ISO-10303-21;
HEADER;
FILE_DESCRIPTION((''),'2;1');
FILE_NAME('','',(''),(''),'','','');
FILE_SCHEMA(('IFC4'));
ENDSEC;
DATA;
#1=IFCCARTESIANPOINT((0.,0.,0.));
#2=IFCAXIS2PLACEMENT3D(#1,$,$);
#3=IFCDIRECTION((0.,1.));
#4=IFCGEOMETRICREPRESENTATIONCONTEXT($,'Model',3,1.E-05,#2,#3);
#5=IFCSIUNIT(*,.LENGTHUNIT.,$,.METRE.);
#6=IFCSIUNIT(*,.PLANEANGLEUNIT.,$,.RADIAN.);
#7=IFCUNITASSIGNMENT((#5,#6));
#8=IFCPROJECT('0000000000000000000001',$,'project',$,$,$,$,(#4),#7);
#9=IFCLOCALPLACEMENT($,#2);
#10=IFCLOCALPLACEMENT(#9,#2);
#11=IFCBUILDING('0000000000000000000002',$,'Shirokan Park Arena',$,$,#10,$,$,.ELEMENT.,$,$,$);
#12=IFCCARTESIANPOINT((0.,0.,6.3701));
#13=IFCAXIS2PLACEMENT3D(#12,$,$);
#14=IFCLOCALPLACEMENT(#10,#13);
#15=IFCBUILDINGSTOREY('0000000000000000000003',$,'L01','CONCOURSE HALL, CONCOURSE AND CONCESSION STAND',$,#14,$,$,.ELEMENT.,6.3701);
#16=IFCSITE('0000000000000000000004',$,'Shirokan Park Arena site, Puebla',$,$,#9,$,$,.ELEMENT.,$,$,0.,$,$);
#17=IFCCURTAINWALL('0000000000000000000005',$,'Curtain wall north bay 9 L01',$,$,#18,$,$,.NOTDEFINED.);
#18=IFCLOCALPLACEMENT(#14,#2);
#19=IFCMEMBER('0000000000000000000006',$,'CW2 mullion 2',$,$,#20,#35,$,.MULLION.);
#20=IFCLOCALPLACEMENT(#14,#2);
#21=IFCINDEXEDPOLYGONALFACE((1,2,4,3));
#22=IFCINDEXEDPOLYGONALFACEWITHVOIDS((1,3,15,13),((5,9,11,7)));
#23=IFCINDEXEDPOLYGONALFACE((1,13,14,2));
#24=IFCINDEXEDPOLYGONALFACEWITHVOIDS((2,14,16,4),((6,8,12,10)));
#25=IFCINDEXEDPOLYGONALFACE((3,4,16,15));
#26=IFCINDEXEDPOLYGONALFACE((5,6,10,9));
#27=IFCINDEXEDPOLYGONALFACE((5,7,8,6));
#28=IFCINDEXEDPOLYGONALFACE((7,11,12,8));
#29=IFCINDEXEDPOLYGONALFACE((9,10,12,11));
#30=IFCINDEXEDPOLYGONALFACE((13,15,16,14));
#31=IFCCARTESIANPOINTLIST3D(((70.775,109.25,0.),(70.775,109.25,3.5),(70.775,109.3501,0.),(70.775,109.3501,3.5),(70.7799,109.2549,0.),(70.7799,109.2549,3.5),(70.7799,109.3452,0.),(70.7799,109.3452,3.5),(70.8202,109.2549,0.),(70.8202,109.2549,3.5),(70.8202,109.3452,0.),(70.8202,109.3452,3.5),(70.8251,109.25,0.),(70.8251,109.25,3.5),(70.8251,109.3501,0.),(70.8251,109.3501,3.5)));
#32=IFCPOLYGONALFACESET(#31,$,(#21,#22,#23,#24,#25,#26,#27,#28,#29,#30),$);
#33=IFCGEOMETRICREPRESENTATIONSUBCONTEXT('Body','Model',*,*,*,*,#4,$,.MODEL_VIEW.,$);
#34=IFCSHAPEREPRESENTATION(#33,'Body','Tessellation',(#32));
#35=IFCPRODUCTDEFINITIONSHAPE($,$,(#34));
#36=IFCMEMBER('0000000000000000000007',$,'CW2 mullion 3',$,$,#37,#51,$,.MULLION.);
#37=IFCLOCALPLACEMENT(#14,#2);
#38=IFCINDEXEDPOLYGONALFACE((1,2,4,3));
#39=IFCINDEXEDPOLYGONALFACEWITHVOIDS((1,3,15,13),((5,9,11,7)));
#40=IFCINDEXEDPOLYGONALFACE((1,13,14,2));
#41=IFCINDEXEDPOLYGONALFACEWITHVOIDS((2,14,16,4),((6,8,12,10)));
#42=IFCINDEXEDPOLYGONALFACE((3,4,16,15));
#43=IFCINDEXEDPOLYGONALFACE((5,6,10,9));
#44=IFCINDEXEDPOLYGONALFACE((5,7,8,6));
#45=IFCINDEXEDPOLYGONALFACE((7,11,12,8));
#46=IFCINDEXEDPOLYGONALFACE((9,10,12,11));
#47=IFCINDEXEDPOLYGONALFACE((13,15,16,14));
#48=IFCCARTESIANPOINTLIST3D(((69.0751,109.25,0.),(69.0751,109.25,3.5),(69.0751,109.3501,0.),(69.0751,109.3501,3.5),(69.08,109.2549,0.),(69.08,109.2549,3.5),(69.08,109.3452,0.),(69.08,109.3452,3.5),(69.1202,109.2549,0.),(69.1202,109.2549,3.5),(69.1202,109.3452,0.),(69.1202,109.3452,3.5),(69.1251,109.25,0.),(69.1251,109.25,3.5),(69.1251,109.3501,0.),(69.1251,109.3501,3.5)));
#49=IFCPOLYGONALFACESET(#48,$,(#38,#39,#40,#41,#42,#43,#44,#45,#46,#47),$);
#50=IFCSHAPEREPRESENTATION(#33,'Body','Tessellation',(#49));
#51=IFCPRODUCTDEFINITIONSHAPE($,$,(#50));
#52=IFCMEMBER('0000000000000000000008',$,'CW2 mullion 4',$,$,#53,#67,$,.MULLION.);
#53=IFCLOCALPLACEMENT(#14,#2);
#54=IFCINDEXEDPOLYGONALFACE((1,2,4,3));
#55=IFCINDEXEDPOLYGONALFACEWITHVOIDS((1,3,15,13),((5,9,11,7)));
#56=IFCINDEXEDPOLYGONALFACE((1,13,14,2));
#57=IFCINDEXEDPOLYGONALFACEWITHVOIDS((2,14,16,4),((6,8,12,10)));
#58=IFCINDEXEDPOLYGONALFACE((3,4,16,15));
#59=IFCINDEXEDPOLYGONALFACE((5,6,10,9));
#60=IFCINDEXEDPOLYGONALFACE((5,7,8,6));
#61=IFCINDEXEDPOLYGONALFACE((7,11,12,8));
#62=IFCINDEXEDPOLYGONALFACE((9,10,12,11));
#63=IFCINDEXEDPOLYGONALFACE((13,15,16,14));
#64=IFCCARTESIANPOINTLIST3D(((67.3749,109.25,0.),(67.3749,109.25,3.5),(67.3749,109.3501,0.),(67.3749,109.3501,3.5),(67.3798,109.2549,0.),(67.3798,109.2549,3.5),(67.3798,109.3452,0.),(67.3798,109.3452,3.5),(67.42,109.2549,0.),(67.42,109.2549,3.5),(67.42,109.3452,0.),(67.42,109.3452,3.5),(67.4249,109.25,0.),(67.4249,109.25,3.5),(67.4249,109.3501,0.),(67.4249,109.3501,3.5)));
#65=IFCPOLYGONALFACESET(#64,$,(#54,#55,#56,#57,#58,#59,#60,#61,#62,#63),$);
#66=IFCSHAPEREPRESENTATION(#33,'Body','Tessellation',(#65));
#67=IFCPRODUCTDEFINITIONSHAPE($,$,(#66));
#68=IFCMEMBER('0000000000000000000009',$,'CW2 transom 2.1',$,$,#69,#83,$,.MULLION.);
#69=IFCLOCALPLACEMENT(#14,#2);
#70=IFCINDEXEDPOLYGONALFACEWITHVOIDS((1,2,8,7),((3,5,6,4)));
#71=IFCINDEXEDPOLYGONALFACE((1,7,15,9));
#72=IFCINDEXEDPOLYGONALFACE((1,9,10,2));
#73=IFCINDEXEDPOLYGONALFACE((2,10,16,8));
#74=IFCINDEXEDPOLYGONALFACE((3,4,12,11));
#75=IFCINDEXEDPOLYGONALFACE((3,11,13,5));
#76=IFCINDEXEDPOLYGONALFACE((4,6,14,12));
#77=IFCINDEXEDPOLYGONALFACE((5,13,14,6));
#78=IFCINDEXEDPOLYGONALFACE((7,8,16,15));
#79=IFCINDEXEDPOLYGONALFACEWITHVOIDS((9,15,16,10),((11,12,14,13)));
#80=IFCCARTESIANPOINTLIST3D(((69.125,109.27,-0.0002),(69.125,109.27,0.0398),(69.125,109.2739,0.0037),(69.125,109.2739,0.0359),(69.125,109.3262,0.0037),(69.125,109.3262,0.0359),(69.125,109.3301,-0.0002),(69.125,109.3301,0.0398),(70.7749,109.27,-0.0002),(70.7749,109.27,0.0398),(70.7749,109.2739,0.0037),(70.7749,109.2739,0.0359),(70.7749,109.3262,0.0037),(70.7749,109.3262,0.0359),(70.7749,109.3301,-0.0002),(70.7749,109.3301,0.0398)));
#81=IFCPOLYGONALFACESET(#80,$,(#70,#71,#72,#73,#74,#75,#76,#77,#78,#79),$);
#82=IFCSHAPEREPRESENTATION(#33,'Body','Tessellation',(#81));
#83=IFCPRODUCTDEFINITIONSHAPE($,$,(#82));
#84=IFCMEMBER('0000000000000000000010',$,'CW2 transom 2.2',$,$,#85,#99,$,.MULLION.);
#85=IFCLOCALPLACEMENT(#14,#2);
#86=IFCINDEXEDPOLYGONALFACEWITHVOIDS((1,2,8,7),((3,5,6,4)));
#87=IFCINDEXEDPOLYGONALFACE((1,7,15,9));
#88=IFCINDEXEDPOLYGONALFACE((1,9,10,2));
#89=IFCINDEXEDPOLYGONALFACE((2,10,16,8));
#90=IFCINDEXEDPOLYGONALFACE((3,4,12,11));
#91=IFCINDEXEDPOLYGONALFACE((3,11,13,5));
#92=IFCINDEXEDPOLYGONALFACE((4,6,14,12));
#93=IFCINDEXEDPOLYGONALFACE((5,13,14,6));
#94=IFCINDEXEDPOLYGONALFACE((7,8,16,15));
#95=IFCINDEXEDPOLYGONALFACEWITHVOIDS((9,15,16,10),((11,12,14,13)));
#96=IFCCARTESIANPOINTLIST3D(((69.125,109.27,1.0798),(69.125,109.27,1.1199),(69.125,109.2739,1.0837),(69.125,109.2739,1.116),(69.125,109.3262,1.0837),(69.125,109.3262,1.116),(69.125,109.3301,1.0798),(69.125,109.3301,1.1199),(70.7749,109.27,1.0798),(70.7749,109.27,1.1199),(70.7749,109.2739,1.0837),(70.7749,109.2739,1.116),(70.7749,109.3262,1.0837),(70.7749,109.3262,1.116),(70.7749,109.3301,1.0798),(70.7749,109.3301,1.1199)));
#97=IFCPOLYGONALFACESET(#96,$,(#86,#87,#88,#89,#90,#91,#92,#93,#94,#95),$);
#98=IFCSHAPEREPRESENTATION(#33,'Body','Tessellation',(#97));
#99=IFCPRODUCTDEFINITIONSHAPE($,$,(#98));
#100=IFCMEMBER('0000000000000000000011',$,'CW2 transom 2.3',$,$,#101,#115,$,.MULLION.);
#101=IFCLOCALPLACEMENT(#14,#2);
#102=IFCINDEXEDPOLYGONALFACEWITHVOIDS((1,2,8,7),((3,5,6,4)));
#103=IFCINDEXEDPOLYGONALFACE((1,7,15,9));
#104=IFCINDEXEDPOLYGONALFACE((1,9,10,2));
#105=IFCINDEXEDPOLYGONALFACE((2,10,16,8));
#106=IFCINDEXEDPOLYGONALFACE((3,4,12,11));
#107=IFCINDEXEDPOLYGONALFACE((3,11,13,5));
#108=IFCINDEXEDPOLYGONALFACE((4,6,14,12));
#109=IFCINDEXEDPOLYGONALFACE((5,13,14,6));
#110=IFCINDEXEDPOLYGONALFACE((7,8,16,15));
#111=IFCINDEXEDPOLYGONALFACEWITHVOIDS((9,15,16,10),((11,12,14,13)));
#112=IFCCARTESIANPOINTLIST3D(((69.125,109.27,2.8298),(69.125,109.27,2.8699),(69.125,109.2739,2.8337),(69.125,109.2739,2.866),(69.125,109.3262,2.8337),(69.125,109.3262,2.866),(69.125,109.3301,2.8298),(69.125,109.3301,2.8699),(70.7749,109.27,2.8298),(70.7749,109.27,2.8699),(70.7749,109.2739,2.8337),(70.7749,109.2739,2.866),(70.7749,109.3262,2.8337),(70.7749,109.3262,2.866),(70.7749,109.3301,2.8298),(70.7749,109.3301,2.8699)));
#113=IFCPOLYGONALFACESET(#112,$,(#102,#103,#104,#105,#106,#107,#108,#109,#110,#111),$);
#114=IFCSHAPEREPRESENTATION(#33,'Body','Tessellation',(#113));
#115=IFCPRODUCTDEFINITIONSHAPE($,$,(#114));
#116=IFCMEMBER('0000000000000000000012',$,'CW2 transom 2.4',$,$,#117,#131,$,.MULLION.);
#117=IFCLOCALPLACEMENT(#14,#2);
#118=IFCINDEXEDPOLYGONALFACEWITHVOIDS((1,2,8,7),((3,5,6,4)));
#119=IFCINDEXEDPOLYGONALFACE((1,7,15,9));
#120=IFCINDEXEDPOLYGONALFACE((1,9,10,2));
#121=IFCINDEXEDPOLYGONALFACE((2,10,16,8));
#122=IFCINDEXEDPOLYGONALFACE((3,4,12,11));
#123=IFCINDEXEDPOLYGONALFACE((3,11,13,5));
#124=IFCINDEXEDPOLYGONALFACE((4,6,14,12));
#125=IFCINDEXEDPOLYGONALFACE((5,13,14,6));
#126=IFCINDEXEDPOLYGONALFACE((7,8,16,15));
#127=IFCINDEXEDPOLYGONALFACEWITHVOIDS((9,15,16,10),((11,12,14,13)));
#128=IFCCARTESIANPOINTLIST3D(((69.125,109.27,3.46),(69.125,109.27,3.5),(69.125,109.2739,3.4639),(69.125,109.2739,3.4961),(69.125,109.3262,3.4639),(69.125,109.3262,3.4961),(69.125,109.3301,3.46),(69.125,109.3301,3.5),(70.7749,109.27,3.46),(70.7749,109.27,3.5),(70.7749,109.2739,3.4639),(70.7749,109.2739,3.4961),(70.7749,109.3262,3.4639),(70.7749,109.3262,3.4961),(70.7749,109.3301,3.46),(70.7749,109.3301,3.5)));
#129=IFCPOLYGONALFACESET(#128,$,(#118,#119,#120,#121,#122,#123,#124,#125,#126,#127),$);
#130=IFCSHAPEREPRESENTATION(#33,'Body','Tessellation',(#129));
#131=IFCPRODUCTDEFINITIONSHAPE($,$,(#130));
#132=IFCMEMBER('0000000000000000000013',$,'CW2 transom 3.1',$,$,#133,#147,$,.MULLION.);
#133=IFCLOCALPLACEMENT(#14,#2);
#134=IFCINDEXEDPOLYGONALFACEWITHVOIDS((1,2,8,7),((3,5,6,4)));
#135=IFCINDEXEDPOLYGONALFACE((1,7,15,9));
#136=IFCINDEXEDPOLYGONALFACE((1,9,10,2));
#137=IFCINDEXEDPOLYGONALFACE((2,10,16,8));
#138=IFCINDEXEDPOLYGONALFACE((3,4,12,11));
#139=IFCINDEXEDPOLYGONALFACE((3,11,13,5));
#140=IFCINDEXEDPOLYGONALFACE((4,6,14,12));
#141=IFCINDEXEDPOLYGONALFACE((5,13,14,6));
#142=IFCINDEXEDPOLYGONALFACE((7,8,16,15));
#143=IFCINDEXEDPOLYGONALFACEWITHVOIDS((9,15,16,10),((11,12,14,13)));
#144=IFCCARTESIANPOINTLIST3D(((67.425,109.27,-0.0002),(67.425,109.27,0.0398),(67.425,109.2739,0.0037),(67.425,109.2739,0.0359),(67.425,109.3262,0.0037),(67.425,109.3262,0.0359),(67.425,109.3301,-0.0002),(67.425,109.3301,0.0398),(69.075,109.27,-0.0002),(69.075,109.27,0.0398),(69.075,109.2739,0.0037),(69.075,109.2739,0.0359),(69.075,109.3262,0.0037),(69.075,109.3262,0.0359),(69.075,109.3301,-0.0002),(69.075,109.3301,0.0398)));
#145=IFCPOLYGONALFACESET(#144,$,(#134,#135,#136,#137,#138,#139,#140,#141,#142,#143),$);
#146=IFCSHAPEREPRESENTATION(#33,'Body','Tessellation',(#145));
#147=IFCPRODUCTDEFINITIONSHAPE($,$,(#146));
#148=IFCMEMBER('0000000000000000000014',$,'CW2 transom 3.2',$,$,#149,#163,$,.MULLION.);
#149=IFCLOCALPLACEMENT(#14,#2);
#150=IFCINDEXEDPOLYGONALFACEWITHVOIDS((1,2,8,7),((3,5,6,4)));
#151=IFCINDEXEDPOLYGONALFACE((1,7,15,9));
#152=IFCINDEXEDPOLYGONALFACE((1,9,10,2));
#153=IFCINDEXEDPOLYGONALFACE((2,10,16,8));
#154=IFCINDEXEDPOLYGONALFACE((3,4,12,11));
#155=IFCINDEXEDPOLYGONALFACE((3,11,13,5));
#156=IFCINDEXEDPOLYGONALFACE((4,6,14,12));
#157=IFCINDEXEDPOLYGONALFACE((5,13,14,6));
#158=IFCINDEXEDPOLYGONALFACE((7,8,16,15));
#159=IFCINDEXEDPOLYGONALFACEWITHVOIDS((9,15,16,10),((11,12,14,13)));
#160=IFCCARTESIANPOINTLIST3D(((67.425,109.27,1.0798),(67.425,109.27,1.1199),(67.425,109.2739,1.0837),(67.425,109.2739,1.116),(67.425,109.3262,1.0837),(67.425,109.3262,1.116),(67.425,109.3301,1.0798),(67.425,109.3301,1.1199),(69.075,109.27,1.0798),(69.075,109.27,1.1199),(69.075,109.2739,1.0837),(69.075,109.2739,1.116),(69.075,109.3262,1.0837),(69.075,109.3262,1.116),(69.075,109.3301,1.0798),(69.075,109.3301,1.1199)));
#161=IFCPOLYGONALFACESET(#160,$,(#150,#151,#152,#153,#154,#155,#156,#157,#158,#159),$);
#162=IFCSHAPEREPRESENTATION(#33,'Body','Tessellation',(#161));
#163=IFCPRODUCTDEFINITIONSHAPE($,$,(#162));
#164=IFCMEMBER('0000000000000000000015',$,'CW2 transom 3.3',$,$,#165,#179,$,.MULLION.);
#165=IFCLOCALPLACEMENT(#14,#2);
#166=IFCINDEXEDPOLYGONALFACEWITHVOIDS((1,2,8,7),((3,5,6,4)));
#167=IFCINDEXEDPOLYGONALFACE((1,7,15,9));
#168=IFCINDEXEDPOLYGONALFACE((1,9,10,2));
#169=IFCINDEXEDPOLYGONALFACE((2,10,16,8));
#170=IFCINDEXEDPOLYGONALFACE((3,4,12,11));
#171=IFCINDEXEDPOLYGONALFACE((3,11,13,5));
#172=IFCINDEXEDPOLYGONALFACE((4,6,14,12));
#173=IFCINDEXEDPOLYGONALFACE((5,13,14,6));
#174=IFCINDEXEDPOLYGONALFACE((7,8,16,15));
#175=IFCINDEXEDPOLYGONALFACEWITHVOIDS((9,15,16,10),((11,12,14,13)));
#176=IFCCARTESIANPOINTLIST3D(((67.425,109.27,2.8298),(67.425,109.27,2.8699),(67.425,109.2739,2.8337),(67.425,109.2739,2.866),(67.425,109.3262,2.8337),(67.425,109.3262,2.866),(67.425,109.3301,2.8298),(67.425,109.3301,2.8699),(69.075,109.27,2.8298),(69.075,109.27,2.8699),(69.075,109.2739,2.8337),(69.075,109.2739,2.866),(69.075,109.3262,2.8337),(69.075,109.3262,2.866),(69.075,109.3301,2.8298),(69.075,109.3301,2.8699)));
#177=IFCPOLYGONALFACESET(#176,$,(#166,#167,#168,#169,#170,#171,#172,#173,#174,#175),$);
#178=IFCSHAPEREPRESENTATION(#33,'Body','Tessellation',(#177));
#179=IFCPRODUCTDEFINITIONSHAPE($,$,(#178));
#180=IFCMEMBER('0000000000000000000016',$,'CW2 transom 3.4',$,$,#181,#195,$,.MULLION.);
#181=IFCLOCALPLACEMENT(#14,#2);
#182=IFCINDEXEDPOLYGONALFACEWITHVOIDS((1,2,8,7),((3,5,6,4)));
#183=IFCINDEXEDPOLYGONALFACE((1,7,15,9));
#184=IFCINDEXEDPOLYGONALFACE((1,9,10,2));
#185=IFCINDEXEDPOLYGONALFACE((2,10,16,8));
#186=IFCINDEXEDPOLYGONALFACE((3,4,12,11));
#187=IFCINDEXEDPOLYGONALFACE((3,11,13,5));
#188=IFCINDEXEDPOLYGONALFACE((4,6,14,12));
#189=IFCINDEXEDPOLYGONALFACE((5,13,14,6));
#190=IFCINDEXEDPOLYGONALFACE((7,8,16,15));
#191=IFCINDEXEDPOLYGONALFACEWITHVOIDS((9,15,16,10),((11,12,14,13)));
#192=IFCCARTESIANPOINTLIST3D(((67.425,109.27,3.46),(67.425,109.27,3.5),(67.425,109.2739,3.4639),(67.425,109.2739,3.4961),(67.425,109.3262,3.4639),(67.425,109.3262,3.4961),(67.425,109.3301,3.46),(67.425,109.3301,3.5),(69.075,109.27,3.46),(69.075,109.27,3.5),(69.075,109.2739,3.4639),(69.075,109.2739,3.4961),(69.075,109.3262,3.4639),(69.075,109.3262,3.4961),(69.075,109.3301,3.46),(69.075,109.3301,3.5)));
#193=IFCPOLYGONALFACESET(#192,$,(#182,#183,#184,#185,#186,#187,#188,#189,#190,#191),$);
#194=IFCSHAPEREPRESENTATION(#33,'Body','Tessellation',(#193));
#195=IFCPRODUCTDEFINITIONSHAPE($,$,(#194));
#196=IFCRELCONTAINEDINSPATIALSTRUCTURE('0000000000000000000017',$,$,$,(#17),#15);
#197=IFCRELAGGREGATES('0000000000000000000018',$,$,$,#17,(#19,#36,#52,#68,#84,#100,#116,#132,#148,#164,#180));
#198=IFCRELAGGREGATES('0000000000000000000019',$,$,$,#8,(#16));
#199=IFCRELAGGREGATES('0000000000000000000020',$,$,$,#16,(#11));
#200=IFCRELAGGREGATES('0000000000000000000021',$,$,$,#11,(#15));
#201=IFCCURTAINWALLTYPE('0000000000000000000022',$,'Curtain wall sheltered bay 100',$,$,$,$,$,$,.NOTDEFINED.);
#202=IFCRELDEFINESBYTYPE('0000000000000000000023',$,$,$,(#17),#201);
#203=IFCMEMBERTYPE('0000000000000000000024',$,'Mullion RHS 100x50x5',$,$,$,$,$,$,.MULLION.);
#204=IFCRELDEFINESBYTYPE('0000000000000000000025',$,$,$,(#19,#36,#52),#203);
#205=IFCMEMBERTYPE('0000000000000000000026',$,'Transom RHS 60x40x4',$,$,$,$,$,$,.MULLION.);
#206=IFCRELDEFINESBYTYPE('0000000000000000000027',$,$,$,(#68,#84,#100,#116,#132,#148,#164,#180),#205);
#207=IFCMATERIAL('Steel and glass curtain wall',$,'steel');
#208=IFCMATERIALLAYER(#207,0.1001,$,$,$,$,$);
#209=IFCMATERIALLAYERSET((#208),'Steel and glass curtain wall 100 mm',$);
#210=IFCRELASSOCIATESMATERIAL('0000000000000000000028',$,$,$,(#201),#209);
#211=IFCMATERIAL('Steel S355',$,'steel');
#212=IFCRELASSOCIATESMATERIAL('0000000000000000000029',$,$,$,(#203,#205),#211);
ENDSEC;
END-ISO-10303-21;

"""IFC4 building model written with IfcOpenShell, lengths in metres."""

from ifc_helpers import new_model, si_unit, direction, frame, origin, origin_2d, place, context, subcontext, project, spatial, hollow_rectangle, extrude, material, layer, layer_set, material_profile, profile_set, type_object, element, aggregate, save


model = new_model("IFC4")

# Units and contexts
model_context = context("Model", 3, precision=1e-05, world=origin(), true_north=direction((0.0, 1.0)))
body_context = subcontext(model_context, "Body", "Model", "MODEL_VIEW")
ifc_project = project(units=[si_unit("LENGTHUNIT", "METRE"), si_unit("PLANEANGLEUNIT", "RADIAN")], contexts=[model_context])

# Site, building, storey
site_placement = place(None, origin())
site = spatial("IfcSite", under=ifc_project, at=site_placement, Name="Shirokan Park Arena site, Puebla", CompositionType="ELEMENT", RefElevation=0.0)
building_placement = place(site_placement, origin())
building = spatial("IfcBuilding", under=site, at=building_placement, Name="Shirokan Park Arena", CompositionType="ELEMENT")
storey_placement = place(building_placement, frame((0.0, 0.0, 6.3701)))
storey = spatial("IfcBuildingStorey", under=building, at=storey_placement, Name="L01", Description="CONCOURSE HALL, CONCOURSE AND CONCESSION STAND", CompositionType="ELEMENT", Elevation=6.3701)

# Curtain wall, members
ifc_material_1 = material(Name="Steel and glass curtain wall", Category="steel")
ifc_layer_1 = layer(ifc_material_1, 0.1001)
ifc_layer_set_1 = layer_set([ifc_layer_1], Name="Steel and glass curtain wall 100 mm")
curtain_wall_type = type_object("IfcCurtainWallType", Name="Curtain wall sheltered bay 100", PredefinedType="NOTDEFINED", material=ifc_layer_set_1)
curtain_wall_placement = place(storey_placement, origin())
curtain_wall = element("IfcCurtainWall", 1, at=curtain_wall_placement, inside=storey, type_object=curtain_wall_type, Name="Curtain wall north bay 9 L01", PredefinedType="NOTDEFINED")
ifc_material_2 = material(Name="Steel S355", Category="steel")
ifc_material_profile_1 = material_profile(ifc_material_2, hollow_rectangle(XDim=0.1001, YDim=0.05, WallThickness=0.0049, at=origin_2d()), Name="RHS 100x50x5")
ifc_profile_set_1 = profile_set([ifc_material_profile_1], Name="Steel S355")
member_type_1 = type_object("IfcMemberType", Name="Mullion RHS 100x50x5", PredefinedType="MULLION", material=ifc_profile_set_1)
member_1_placement = place(storey_placement, frame((70.8, 109.3, 0.0), z_axis=(0.0, 0.0, 1.0), x_axis=(0.0, -1.0, 0.0)))
member_1 = element("IfcMember", 2, at=member_1_placement, type_object=member_type_1, Name="CW2 mullion 2", PredefinedType="MULLION", context=body_context, shape_type="SweptSolid", body=[
    extrude(hollow_rectangle(XDim=0.1001, YDim=0.05, WallThickness=0.0049, at=origin_2d()), origin(), (0.0, 0.0, 1.0), 3.5),
])
member_2_placement = place(storey_placement, frame((69.1001, 109.3, 0.0), z_axis=(0.0, 0.0, 1.0), x_axis=(0.0, -1.0, 0.0)))
member_2 = element("IfcMember", 3, at=member_2_placement, type_object=member_type_1, Name="CW2 mullion 3", PredefinedType="MULLION", context=body_context, shape_type="SweptSolid", body=[
    extrude(hollow_rectangle(XDim=0.1001, YDim=0.05, WallThickness=0.0049, at=origin_2d()), origin(), (0.0, 0.0, 1.0), 3.5),
])
member_3_placement = place(storey_placement, frame((67.3999, 109.3, 0.0), z_axis=(0.0, 0.0, 1.0), x_axis=(0.0, -1.0, 0.0)))
member_3 = element("IfcMember", 4, at=member_3_placement, type_object=member_type_1, Name="CW2 mullion 4", PredefinedType="MULLION", context=body_context, shape_type="SweptSolid", body=[
    extrude(hollow_rectangle(XDim=0.1001, YDim=0.05, WallThickness=0.0049, at=origin_2d()), origin(), (0.0, 0.0, 1.0), 3.5),
])
ifc_material_profile_2 = material_profile(ifc_material_2, hollow_rectangle(XDim=0.0601, YDim=0.04, WallThickness=0.0039, at=origin_2d()), Name="RHS 60x40x4")
ifc_profile_set_2 = profile_set([ifc_material_profile_2], Name="Steel S355")
member_type_2 = type_object("IfcMemberType", Name="Transom RHS 60x40x4", PredefinedType="MULLION", material=ifc_profile_set_2)
member_4_placement = place(storey_placement, frame((70.7749, 109.3, 0.0198), z_axis=(-1.0, 0.0, 0.0), x_axis=(0.0, -1.0, 0.0)))
member_4 = element("IfcMember", 5, at=member_4_placement, type_object=member_type_2, Name="CW2 transom 2.1", PredefinedType="MULLION", context=body_context, shape_type="SweptSolid", body=[
    extrude(hollow_rectangle(XDim=0.0601, YDim=0.04, WallThickness=0.0039, at=origin_2d()), origin(), (0.0, 0.0, 1.0), 1.6499),
])
member_5_placement = place(storey_placement, frame((70.7749, 109.3, 1.0999), z_axis=(-1.0, 0.0, 0.0), x_axis=(0.0, -1.0, 0.0)))
member_5 = element("IfcMember", 6, at=member_5_placement, type_object=member_type_2, Name="CW2 transom 2.2", PredefinedType="MULLION", context=body_context, shape_type="SweptSolid", body=[
    extrude(hollow_rectangle(XDim=0.0601, YDim=0.04, WallThickness=0.0039, at=origin_2d()), origin(), (0.0, 0.0, 1.0), 1.6499),
])
member_6_placement = place(storey_placement, frame((70.7749, 109.3, 2.8499), z_axis=(-1.0, 0.0, 0.0), x_axis=(0.0, -1.0, 0.0)))
member_6 = element("IfcMember", 7, at=member_6_placement, type_object=member_type_2, Name="CW2 transom 2.3", PredefinedType="MULLION", context=body_context, shape_type="SweptSolid", body=[
    extrude(hollow_rectangle(XDim=0.0601, YDim=0.04, WallThickness=0.0039, at=origin_2d()), origin(), (0.0, 0.0, 1.0), 1.6499),
])
member_7_placement = place(storey_placement, frame((70.7749, 109.3, 3.48), z_axis=(-1.0, 0.0, 0.0), x_axis=(0.0, -1.0, 0.0)))
member_7 = element("IfcMember", 8, at=member_7_placement, type_object=member_type_2, Name="CW2 transom 2.4", PredefinedType="MULLION", context=body_context, shape_type="SweptSolid", body=[
    extrude(hollow_rectangle(XDim=0.0601, YDim=0.04, WallThickness=0.0039, at=origin_2d()), origin(), (0.0, 0.0, 1.0), 1.6499),
])
member_8_placement = place(storey_placement, frame((69.075, 109.3, 0.0198), z_axis=(-1.0, 0.0, 0.0), x_axis=(0.0, -1.0, 0.0)))
member_8 = element("IfcMember", 9, at=member_8_placement, type_object=member_type_2, Name="CW2 transom 3.1", PredefinedType="MULLION", context=body_context, shape_type="SweptSolid", body=[
    extrude(hollow_rectangle(XDim=0.0601, YDim=0.04, WallThickness=0.0039, at=origin_2d()), origin(), (0.0, 0.0, 1.0), 1.6499),
])
member_9_placement = place(storey_placement, frame((69.075, 109.3, 1.0999), z_axis=(-1.0, 0.0, 0.0), x_axis=(0.0, -1.0, 0.0)))
member_9 = element("IfcMember", 10, at=member_9_placement, type_object=member_type_2, Name="CW2 transom 3.2", PredefinedType="MULLION", context=body_context, shape_type="SweptSolid", body=[
    extrude(hollow_rectangle(XDim=0.0601, YDim=0.04, WallThickness=0.0039, at=origin_2d()), origin(), (0.0, 0.0, 1.0), 1.6499),
])
member_10_placement = place(storey_placement, frame((69.075, 109.3, 2.8499), z_axis=(-1.0, 0.0, 0.0), x_axis=(0.0, -1.0, 0.0)))
member_10 = element("IfcMember", 11, at=member_10_placement, type_object=member_type_2, Name="CW2 transom 3.3", PredefinedType="MULLION", context=body_context, shape_type="SweptSolid", body=[
    extrude(hollow_rectangle(XDim=0.0601, YDim=0.04, WallThickness=0.0039, at=origin_2d()), origin(), (0.0, 0.0, 1.0), 1.6499),
])
member_11_placement = place(storey_placement, frame((69.075, 109.3, 3.48), z_axis=(-1.0, 0.0, 0.0), x_axis=(0.0, -1.0, 0.0)))
member_11 = element("IfcMember", 12, at=member_11_placement, type_object=member_type_2, Name="CW2 transom 3.4", PredefinedType="MULLION", context=body_context, shape_type="SweptSolid", body=[
    extrude(hollow_rectangle(XDim=0.0601, YDim=0.04, WallThickness=0.0039, at=origin_2d()), origin(), (0.0, 0.0, 1.0), 1.6499),
])
aggregate(curtain_wall, [member_1, member_2, member_3, member_4, member_5, member_6, member_7, member_8, member_9, member_10, member_11])

save(model, "model.ifc")
